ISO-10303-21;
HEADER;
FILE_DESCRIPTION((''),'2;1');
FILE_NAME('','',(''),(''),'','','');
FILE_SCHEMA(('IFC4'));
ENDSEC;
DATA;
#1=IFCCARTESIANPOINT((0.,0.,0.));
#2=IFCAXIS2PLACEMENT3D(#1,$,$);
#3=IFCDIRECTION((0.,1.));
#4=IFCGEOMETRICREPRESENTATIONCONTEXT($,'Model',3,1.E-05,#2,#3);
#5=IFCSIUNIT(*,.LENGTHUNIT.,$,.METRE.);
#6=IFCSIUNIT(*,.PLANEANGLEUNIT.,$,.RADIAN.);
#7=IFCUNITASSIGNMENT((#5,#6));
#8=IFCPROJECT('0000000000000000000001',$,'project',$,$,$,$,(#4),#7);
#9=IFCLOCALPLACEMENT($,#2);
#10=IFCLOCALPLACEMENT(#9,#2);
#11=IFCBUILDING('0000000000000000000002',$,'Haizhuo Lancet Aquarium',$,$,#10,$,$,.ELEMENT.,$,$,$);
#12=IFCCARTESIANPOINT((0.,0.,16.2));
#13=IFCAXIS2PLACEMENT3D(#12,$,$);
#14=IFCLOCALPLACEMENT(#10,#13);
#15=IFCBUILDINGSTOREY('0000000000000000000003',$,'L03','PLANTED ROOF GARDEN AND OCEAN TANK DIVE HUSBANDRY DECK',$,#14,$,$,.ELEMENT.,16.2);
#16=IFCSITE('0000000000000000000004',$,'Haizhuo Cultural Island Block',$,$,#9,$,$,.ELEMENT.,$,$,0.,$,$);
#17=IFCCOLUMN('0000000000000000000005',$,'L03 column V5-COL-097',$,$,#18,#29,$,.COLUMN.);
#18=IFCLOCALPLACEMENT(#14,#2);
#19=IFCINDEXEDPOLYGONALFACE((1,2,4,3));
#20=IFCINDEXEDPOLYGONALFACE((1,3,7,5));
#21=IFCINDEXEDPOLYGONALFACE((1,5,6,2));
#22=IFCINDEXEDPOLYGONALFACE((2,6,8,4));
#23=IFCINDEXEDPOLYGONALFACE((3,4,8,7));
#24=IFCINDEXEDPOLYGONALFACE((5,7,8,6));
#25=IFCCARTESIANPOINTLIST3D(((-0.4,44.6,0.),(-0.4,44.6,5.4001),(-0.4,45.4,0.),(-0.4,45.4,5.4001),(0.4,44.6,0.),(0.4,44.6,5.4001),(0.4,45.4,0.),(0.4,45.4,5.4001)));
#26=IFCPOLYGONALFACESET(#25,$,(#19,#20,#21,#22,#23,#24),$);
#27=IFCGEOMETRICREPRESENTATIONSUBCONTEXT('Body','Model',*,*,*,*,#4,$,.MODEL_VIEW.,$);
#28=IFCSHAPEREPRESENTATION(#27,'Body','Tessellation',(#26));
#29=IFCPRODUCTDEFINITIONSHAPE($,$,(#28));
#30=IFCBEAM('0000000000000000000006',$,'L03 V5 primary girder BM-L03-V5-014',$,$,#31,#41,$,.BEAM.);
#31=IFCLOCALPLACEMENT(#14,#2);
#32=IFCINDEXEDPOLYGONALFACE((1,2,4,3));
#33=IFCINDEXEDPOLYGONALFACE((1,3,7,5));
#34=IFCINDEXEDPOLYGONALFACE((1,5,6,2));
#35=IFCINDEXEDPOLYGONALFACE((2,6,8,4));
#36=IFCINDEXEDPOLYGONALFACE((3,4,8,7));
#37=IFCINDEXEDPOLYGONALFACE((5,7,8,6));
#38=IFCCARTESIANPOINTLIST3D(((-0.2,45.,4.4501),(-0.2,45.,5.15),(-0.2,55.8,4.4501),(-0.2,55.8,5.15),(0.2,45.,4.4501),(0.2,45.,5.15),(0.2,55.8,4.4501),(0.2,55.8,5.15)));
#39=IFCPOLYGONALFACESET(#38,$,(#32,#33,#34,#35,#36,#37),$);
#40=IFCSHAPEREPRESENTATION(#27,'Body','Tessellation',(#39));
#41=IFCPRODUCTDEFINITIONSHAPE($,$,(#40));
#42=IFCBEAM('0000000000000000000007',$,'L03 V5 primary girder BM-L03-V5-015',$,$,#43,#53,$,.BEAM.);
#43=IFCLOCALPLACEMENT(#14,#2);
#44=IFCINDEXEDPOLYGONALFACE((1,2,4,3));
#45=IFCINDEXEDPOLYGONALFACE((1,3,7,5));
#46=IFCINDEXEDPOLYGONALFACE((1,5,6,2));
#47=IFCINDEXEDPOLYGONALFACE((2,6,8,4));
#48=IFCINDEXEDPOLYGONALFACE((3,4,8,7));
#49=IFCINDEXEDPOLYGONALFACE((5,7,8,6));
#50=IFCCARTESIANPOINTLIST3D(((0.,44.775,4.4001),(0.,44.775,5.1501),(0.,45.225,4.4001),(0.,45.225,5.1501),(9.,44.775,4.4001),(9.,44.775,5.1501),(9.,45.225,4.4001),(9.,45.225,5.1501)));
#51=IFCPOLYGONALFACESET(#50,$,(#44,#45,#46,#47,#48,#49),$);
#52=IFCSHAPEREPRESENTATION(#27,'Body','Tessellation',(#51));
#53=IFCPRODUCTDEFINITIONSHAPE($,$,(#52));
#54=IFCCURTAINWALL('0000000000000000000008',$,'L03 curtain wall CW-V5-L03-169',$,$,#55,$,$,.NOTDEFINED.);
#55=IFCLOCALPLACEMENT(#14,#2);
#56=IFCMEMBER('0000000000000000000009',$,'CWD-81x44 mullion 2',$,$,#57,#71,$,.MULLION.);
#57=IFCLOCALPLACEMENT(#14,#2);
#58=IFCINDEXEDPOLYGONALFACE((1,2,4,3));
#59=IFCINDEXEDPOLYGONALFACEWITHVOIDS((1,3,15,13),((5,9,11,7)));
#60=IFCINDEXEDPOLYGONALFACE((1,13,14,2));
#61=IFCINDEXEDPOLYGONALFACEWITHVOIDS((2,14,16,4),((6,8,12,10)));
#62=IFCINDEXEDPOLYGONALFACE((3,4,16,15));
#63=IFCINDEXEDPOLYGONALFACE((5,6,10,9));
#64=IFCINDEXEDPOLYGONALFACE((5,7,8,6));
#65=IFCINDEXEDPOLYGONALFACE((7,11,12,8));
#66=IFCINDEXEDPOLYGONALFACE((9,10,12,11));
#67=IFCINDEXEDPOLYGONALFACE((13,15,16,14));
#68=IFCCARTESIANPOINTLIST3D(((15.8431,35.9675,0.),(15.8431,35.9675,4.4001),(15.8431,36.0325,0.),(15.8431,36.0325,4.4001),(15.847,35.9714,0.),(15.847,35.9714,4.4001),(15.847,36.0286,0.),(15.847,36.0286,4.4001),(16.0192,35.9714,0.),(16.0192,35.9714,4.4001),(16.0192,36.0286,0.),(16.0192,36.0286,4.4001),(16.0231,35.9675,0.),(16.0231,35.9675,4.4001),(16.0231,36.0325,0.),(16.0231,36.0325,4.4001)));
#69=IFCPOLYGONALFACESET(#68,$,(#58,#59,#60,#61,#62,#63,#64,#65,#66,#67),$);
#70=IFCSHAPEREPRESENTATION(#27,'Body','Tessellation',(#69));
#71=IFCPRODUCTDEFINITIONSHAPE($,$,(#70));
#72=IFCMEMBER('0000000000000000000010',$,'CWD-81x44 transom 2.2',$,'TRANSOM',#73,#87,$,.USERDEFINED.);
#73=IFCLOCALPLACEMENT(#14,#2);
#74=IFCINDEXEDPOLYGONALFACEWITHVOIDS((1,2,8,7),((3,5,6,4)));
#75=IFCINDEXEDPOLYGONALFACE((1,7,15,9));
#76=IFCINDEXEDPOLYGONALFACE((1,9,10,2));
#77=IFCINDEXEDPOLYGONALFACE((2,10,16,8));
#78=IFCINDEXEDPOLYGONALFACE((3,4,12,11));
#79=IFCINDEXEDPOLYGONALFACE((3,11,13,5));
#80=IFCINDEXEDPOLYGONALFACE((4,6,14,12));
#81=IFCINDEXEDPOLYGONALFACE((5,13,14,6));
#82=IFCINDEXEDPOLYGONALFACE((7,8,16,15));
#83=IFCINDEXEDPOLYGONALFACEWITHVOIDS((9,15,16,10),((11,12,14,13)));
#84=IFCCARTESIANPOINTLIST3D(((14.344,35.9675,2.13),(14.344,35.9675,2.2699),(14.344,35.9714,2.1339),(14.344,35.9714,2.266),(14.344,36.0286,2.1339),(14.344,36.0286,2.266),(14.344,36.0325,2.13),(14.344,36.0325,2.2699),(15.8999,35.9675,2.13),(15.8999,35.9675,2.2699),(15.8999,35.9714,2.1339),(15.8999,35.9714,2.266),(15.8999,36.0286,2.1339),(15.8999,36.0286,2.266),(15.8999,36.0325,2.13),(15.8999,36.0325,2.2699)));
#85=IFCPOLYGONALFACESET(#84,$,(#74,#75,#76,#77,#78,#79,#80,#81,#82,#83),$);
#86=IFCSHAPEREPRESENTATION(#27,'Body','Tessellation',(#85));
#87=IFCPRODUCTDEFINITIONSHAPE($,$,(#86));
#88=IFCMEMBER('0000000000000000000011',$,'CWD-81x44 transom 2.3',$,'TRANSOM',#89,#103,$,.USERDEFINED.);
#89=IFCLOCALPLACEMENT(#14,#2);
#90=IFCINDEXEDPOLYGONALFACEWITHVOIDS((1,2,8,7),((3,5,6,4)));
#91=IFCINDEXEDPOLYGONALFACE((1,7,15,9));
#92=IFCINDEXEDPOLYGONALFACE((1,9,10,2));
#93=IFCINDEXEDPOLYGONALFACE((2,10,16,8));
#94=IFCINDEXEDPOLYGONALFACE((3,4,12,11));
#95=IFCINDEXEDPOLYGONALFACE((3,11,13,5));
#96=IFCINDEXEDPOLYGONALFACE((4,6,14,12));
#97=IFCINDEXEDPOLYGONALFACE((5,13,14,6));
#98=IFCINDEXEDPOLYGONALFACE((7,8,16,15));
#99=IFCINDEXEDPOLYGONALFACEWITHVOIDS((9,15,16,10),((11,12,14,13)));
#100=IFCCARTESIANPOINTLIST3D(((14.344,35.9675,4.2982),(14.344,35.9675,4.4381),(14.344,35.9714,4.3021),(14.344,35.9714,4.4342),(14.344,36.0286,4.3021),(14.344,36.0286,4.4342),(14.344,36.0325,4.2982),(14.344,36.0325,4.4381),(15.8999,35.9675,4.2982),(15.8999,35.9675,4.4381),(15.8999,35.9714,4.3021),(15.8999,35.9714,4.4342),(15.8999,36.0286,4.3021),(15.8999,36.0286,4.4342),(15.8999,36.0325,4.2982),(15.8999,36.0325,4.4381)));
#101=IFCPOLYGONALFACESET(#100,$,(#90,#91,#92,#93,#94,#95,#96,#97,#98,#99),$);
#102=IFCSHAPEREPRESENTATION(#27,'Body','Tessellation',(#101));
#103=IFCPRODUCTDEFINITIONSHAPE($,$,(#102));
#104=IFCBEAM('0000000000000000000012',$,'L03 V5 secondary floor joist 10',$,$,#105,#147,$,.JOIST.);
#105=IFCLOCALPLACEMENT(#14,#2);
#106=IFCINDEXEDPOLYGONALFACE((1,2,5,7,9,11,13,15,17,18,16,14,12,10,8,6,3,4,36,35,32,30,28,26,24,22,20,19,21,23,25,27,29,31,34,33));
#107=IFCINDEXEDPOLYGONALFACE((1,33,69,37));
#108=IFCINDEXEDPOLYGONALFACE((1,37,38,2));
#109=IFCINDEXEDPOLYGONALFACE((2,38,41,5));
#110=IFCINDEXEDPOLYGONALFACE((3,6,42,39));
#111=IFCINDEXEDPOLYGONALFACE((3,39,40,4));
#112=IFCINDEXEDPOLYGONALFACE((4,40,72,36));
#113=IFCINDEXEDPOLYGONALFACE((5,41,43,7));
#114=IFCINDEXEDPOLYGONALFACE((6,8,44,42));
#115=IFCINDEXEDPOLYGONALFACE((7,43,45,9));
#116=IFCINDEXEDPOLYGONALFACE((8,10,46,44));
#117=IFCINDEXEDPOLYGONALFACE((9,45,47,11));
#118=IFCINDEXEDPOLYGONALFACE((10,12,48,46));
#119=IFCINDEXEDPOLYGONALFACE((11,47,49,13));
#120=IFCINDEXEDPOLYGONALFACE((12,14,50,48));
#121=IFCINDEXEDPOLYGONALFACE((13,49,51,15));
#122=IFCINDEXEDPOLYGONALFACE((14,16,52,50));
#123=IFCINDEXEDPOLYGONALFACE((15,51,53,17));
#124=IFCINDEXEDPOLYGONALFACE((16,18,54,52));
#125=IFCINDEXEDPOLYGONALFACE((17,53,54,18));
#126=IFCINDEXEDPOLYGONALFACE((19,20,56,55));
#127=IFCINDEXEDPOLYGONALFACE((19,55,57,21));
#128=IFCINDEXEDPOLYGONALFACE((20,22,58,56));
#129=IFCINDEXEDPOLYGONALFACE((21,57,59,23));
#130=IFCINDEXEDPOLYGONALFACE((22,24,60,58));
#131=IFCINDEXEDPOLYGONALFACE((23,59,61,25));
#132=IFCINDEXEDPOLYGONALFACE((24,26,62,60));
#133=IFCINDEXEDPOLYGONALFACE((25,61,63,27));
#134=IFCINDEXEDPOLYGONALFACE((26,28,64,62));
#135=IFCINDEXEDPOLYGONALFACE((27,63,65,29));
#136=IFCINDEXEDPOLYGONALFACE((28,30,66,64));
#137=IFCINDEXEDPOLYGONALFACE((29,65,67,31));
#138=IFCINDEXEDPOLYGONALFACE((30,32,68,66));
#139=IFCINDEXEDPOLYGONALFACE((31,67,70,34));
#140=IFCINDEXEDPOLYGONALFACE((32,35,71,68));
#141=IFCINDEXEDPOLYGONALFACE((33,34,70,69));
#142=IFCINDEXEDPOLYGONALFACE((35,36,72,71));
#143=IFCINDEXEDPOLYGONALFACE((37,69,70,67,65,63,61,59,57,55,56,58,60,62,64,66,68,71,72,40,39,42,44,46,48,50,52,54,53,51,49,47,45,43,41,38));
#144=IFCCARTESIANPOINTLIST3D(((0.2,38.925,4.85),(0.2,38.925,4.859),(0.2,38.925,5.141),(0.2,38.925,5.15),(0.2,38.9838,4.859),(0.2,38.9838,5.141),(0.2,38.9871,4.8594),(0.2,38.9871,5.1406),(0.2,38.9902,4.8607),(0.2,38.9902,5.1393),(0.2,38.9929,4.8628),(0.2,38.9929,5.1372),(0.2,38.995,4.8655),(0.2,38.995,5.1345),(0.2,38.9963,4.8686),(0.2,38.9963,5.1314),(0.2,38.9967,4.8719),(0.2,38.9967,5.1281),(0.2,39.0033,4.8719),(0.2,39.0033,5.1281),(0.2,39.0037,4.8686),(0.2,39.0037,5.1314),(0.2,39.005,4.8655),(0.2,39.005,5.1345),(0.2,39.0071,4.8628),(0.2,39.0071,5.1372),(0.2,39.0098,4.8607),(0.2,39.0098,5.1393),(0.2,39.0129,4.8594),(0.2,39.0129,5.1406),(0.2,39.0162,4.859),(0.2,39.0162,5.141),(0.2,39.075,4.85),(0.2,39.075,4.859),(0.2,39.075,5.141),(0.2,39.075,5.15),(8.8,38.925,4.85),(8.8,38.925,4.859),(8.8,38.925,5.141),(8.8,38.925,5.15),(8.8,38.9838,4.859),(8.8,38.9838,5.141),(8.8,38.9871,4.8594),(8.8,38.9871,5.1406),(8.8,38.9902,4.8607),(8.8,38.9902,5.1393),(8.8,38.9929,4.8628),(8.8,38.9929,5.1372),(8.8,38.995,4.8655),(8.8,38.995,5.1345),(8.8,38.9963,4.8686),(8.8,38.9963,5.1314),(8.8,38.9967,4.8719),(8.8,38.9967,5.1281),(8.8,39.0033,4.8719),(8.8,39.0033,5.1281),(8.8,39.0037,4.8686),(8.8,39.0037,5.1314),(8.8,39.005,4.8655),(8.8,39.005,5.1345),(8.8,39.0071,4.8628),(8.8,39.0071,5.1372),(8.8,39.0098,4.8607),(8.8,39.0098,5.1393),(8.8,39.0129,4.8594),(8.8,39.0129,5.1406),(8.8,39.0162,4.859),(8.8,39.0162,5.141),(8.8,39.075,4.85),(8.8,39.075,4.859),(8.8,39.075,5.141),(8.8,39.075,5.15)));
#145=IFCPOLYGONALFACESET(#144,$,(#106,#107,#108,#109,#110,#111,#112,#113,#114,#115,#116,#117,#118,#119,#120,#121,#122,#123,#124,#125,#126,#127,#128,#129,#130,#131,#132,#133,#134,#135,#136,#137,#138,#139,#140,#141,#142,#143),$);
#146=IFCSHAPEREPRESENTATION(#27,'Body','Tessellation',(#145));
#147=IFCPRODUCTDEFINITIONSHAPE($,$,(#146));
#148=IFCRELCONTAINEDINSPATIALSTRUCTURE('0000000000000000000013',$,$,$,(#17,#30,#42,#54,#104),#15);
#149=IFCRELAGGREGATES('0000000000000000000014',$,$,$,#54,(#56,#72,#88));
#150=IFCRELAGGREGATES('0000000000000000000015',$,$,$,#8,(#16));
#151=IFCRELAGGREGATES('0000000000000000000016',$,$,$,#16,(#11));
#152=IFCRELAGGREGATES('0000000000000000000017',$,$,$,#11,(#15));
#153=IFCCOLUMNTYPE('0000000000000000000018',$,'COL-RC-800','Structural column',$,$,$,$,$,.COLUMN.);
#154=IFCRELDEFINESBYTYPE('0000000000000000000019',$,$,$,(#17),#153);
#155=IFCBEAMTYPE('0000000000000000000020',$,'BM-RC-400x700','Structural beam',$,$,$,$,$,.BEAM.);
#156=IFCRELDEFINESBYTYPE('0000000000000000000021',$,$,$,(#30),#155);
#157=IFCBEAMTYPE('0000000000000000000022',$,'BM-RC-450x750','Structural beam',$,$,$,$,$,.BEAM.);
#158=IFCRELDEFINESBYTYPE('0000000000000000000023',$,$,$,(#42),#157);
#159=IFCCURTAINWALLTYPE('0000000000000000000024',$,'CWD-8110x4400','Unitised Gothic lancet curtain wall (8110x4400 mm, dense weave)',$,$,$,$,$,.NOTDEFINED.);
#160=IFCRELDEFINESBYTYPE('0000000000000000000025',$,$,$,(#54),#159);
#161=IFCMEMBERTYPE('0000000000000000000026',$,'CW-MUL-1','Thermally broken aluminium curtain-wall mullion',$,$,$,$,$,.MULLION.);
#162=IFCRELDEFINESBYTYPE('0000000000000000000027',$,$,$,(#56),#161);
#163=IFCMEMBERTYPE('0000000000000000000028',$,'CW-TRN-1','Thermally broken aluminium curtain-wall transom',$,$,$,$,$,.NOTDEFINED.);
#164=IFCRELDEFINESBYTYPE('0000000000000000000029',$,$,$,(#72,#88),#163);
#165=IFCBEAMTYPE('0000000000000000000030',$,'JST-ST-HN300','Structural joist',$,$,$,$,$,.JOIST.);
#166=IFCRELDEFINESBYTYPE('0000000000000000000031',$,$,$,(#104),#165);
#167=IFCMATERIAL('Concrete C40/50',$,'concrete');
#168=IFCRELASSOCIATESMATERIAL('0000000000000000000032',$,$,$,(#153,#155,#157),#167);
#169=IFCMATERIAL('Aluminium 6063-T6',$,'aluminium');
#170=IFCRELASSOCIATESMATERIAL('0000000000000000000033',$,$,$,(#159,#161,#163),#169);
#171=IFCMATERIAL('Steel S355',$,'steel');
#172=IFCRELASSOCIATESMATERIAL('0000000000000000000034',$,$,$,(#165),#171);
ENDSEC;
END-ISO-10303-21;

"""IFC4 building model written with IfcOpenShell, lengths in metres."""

from ifc_helpers import new_model, si_unit, direction, frame, origin, origin_2d, place, context, subcontext, project, spatial, rectangle, hollow_rectangle, i_section, extrude, material, material_profile, profile_set, type_object, element, aggregate, save


model = new_model("IFC4")

# Units and contexts
model_context = context("Model", 3, precision=1e-05, world=origin(), true_north=direction((0.0, 1.0)))
body_context = subcontext(model_context, "Body", "Model", "MODEL_VIEW")
ifc_project = project(units=[si_unit("LENGTHUNIT", "METRE"), si_unit("PLANEANGLEUNIT", "RADIAN")], contexts=[model_context])

# Site, building, storey
site_placement = place(None, origin())
site = spatial("IfcSite", under=ifc_project, at=site_placement, Name="Haizhuo Cultural Island Block", CompositionType="ELEMENT", RefElevation=0.0)
building_placement = place(site_placement, origin())
building = spatial("IfcBuilding", under=site, at=building_placement, Name="Haizhuo Lancet Aquarium", CompositionType="ELEMENT")
storey_placement = place(building_placement, frame((0.0, 0.0, 16.2)))
storey = spatial("IfcBuildingStorey", under=building, at=storey_placement, Name="L03", Description="PLANTED ROOF GARDEN AND OCEAN TANK DIVE HUSBANDRY DECK", CompositionType="ELEMENT", Elevation=16.2)

# Column
ifc_material_1 = material(Name="Concrete C40/50", Category="concrete")
ifc_material_profile_1 = material_profile(ifc_material_1, rectangle(XDim=0.8, YDim=0.8, at=origin_2d()), Name="RC-COL 800x800")
ifc_profile_set_1 = profile_set([ifc_material_profile_1], Name="Concrete C40/50")
column_type = type_object("IfcColumnType", Name="COL-RC-800", Description="Structural column", PredefinedType="COLUMN", material=ifc_profile_set_1)
column_placement = place(storey_placement, frame((0.0, 45.0, 0.0), z_axis=(0.0, 0.0, 1.0), x_axis=(1.0, 0.0, 0.0)))
element("IfcColumn", 1, at=column_placement, inside=storey, type_object=column_type, Name="L03 column V5-COL-097", PredefinedType="COLUMN", context=body_context, shape_type="SweptSolid", body=[
    extrude(rectangle(XDim=0.8, YDim=0.8, at=origin_2d()), origin(), (0.0, 0.0, 1.0), 5.4001),
])

# Beams
ifc_material_profile_2 = material_profile(ifc_material_1, rectangle(XDim=0.3999, YDim=0.7, at=origin_2d()), Name="RC-BM 400x700")
ifc_profile_set_2 = profile_set([ifc_material_profile_2], Name="Concrete C40/50")
beam_type_1 = type_object("IfcBeamType", Name="BM-RC-400x700", Description="Structural beam", PredefinedType="BEAM", material=ifc_profile_set_2)
beam_1_placement = place(storey_placement, frame((0.0, 45.0, 4.8), z_axis=(0.0, 1.0, 0.0), x_axis=(-1.0, 0.0, 0.0)))
element("IfcBeam", 2, at=beam_1_placement, inside=storey, type_object=beam_type_1, Name="L03 V5 primary girder BM-L03-V5-014", PredefinedType="BEAM", context=body_context, shape_type="SweptSolid", body=[
    extrude(rectangle(XDim=0.3999, YDim=0.7, at=origin_2d()), origin(), (0.0, 0.0, 1.0), 10.8),
])
ifc_material_profile_3 = material_profile(ifc_material_1, rectangle(XDim=0.45, YDim=0.75, at=origin_2d()), Name="RC-BM 450x750")
ifc_profile_set_3 = profile_set([ifc_material_profile_3], Name="Concrete C40/50")
beam_type_2 = type_object("IfcBeamType", Name="BM-RC-450x750", Description="Structural beam", PredefinedType="BEAM", material=ifc_profile_set_3)
beam_2_placement = place(storey_placement, frame((0.0, 45.0, 4.7751), z_axis=(1.0, 0.0, 0.0), x_axis=(0.0, 1.0, 0.0)))
element("IfcBeam", 3, at=beam_2_placement, inside=storey, type_object=beam_type_2, Name="L03 V5 primary girder BM-L03-V5-015", PredefinedType="BEAM", context=body_context, shape_type="SweptSolid", body=[
    extrude(rectangle(XDim=0.45, YDim=0.75, at=origin_2d()), origin(), (0.0, 0.0, 1.0), 9.0),
])

# Curtain wall, members
ifc_material_2 = material(Name="Aluminium 6063-T6", Category="aluminium")
curtain_wall_type = type_object("IfcCurtainWallType", Name="CWD-8110x4400", Description="Unitised Gothic lancet curtain wall (8110x4400 mm, dense weave)", PredefinedType="NOTDEFINED", material=ifc_material_2)
curtain_wall_placement = place(storey_placement, origin())
curtain_wall = element("IfcCurtainWall", 4, at=curtain_wall_placement, inside=storey, type_object=curtain_wall_type, Name="L03 curtain wall CW-V5-L03-169", PredefinedType="NOTDEFINED")
ifc_material_profile_4 = material_profile(ifc_material_2, hollow_rectangle(XDim=0.0649, YDim=0.1799, WallThickness=0.0039, at=origin_2d()), Name="ALU-M 65x180x4")
ifc_profile_set_4 = profile_set([ifc_material_profile_4], Name="Aluminium 6063-T6")
member_type_1 = type_object("IfcMemberType", Name="CW-MUL-1", Description="Thermally broken aluminium curtain-wall mullion", PredefinedType="MULLION", material=ifc_profile_set_4)
member_1_placement = place(storey_placement, frame((15.9331, 36.0, 0.0), z_axis=(0.0, 0.0, 1.0), x_axis=(0.0, -1.0, 0.0)))
member_1 = element("IfcMember", 5, at=member_1_placement, type_object=member_type_1, Name="CWD-81x44 mullion 2", PredefinedType="MULLION", context=body_context, shape_type="SweptSolid", body=[
    extrude(hollow_rectangle(XDim=0.0649, YDim=0.1799, WallThickness=0.0039, at=origin_2d()), origin(), (0.0, 0.0, 1.0), 4.4001),
])
ifc_material_profile_5 = material_profile(ifc_material_2, hollow_rectangle(XDim=0.0649, YDim=0.1399, WallThickness=0.0039, at=origin_2d()), Name="ALU-T 65x140x4")
ifc_profile_set_5 = profile_set([ifc_material_profile_5], Name="Aluminium 6063-T6")
member_type_2 = type_object("IfcMemberType", Name="CW-TRN-1", Description="Thermally broken aluminium curtain-wall transom", PredefinedType="NOTDEFINED", material=ifc_profile_set_5)
member_2_placement = place(storey_placement, frame((15.8999, 36.0, 2.2), z_axis=(-1.0, 0.0, 0.0), x_axis=(0.0, -1.0, 0.0)))
member_2 = element("IfcMember", 6, at=member_2_placement, type_object=member_type_2, Name="CWD-81x44 transom 2.2", ObjectType="TRANSOM", PredefinedType="USERDEFINED", context=body_context, shape_type="SweptSolid", body=[
    extrude(hollow_rectangle(XDim=0.0649, YDim=0.1399, WallThickness=0.0039, at=origin_2d()), origin(), (0.0, 0.0, 1.0), 1.5559),
])
member_3_placement = place(storey_placement, frame((15.8999, 36.0, 4.3682), z_axis=(-1.0, 0.0, 0.0), x_axis=(0.0, -1.0, 0.0)))
member_3 = element("IfcMember", 7, at=member_3_placement, type_object=member_type_2, Name="CWD-81x44 transom 2.3", ObjectType="TRANSOM", PredefinedType="USERDEFINED", context=body_context, shape_type="SweptSolid", body=[
    extrude(hollow_rectangle(XDim=0.0649, YDim=0.1399, WallThickness=0.0039, at=origin_2d()), origin(), (0.0, 0.0, 1.0), 1.5559),
])

# Beam
ifc_material_3 = material(Name="Steel S355", Category="steel")
ifc_material_profile_6 = material_profile(ifc_material_3, i_section(OverallWidth=0.1499, OverallDepth=0.3, WebThickness=0.0066, FlangeThickness=0.009, FilletRadius=0.0129, at=origin_2d()), Name="HN 300x150x6.5x9")
ifc_profile_set_6 = profile_set([ifc_material_profile_6], Name="Steel S355")
beam_type_3 = type_object("IfcBeamType", Name="JST-ST-HN300", Description="Structural joist", PredefinedType="JOIST", material=ifc_profile_set_6)
beam_3_placement = place(storey_placement, frame((0.2, 39.0, 5.0), z_axis=(1.0, 0.0, 0.0), x_axis=(0.0, 1.0, 0.0)))
element("IfcBeam", 8, at=beam_3_placement, inside=storey, type_object=beam_type_3, Name="L03 V5 secondary floor joist 10", PredefinedType="JOIST", context=body_context, shape_type="SweptSolid", body=[
    extrude(i_section(OverallWidth=0.1499, OverallDepth=0.3, WebThickness=0.0066, FlangeThickness=0.009, FilletRadius=0.0129, at=origin_2d()), origin(), (0.0, 0.0, 1.0), 8.6001),
])

aggregate(curtain_wall, [member_1, member_2, member_3])

save(model, "model.ifc")
